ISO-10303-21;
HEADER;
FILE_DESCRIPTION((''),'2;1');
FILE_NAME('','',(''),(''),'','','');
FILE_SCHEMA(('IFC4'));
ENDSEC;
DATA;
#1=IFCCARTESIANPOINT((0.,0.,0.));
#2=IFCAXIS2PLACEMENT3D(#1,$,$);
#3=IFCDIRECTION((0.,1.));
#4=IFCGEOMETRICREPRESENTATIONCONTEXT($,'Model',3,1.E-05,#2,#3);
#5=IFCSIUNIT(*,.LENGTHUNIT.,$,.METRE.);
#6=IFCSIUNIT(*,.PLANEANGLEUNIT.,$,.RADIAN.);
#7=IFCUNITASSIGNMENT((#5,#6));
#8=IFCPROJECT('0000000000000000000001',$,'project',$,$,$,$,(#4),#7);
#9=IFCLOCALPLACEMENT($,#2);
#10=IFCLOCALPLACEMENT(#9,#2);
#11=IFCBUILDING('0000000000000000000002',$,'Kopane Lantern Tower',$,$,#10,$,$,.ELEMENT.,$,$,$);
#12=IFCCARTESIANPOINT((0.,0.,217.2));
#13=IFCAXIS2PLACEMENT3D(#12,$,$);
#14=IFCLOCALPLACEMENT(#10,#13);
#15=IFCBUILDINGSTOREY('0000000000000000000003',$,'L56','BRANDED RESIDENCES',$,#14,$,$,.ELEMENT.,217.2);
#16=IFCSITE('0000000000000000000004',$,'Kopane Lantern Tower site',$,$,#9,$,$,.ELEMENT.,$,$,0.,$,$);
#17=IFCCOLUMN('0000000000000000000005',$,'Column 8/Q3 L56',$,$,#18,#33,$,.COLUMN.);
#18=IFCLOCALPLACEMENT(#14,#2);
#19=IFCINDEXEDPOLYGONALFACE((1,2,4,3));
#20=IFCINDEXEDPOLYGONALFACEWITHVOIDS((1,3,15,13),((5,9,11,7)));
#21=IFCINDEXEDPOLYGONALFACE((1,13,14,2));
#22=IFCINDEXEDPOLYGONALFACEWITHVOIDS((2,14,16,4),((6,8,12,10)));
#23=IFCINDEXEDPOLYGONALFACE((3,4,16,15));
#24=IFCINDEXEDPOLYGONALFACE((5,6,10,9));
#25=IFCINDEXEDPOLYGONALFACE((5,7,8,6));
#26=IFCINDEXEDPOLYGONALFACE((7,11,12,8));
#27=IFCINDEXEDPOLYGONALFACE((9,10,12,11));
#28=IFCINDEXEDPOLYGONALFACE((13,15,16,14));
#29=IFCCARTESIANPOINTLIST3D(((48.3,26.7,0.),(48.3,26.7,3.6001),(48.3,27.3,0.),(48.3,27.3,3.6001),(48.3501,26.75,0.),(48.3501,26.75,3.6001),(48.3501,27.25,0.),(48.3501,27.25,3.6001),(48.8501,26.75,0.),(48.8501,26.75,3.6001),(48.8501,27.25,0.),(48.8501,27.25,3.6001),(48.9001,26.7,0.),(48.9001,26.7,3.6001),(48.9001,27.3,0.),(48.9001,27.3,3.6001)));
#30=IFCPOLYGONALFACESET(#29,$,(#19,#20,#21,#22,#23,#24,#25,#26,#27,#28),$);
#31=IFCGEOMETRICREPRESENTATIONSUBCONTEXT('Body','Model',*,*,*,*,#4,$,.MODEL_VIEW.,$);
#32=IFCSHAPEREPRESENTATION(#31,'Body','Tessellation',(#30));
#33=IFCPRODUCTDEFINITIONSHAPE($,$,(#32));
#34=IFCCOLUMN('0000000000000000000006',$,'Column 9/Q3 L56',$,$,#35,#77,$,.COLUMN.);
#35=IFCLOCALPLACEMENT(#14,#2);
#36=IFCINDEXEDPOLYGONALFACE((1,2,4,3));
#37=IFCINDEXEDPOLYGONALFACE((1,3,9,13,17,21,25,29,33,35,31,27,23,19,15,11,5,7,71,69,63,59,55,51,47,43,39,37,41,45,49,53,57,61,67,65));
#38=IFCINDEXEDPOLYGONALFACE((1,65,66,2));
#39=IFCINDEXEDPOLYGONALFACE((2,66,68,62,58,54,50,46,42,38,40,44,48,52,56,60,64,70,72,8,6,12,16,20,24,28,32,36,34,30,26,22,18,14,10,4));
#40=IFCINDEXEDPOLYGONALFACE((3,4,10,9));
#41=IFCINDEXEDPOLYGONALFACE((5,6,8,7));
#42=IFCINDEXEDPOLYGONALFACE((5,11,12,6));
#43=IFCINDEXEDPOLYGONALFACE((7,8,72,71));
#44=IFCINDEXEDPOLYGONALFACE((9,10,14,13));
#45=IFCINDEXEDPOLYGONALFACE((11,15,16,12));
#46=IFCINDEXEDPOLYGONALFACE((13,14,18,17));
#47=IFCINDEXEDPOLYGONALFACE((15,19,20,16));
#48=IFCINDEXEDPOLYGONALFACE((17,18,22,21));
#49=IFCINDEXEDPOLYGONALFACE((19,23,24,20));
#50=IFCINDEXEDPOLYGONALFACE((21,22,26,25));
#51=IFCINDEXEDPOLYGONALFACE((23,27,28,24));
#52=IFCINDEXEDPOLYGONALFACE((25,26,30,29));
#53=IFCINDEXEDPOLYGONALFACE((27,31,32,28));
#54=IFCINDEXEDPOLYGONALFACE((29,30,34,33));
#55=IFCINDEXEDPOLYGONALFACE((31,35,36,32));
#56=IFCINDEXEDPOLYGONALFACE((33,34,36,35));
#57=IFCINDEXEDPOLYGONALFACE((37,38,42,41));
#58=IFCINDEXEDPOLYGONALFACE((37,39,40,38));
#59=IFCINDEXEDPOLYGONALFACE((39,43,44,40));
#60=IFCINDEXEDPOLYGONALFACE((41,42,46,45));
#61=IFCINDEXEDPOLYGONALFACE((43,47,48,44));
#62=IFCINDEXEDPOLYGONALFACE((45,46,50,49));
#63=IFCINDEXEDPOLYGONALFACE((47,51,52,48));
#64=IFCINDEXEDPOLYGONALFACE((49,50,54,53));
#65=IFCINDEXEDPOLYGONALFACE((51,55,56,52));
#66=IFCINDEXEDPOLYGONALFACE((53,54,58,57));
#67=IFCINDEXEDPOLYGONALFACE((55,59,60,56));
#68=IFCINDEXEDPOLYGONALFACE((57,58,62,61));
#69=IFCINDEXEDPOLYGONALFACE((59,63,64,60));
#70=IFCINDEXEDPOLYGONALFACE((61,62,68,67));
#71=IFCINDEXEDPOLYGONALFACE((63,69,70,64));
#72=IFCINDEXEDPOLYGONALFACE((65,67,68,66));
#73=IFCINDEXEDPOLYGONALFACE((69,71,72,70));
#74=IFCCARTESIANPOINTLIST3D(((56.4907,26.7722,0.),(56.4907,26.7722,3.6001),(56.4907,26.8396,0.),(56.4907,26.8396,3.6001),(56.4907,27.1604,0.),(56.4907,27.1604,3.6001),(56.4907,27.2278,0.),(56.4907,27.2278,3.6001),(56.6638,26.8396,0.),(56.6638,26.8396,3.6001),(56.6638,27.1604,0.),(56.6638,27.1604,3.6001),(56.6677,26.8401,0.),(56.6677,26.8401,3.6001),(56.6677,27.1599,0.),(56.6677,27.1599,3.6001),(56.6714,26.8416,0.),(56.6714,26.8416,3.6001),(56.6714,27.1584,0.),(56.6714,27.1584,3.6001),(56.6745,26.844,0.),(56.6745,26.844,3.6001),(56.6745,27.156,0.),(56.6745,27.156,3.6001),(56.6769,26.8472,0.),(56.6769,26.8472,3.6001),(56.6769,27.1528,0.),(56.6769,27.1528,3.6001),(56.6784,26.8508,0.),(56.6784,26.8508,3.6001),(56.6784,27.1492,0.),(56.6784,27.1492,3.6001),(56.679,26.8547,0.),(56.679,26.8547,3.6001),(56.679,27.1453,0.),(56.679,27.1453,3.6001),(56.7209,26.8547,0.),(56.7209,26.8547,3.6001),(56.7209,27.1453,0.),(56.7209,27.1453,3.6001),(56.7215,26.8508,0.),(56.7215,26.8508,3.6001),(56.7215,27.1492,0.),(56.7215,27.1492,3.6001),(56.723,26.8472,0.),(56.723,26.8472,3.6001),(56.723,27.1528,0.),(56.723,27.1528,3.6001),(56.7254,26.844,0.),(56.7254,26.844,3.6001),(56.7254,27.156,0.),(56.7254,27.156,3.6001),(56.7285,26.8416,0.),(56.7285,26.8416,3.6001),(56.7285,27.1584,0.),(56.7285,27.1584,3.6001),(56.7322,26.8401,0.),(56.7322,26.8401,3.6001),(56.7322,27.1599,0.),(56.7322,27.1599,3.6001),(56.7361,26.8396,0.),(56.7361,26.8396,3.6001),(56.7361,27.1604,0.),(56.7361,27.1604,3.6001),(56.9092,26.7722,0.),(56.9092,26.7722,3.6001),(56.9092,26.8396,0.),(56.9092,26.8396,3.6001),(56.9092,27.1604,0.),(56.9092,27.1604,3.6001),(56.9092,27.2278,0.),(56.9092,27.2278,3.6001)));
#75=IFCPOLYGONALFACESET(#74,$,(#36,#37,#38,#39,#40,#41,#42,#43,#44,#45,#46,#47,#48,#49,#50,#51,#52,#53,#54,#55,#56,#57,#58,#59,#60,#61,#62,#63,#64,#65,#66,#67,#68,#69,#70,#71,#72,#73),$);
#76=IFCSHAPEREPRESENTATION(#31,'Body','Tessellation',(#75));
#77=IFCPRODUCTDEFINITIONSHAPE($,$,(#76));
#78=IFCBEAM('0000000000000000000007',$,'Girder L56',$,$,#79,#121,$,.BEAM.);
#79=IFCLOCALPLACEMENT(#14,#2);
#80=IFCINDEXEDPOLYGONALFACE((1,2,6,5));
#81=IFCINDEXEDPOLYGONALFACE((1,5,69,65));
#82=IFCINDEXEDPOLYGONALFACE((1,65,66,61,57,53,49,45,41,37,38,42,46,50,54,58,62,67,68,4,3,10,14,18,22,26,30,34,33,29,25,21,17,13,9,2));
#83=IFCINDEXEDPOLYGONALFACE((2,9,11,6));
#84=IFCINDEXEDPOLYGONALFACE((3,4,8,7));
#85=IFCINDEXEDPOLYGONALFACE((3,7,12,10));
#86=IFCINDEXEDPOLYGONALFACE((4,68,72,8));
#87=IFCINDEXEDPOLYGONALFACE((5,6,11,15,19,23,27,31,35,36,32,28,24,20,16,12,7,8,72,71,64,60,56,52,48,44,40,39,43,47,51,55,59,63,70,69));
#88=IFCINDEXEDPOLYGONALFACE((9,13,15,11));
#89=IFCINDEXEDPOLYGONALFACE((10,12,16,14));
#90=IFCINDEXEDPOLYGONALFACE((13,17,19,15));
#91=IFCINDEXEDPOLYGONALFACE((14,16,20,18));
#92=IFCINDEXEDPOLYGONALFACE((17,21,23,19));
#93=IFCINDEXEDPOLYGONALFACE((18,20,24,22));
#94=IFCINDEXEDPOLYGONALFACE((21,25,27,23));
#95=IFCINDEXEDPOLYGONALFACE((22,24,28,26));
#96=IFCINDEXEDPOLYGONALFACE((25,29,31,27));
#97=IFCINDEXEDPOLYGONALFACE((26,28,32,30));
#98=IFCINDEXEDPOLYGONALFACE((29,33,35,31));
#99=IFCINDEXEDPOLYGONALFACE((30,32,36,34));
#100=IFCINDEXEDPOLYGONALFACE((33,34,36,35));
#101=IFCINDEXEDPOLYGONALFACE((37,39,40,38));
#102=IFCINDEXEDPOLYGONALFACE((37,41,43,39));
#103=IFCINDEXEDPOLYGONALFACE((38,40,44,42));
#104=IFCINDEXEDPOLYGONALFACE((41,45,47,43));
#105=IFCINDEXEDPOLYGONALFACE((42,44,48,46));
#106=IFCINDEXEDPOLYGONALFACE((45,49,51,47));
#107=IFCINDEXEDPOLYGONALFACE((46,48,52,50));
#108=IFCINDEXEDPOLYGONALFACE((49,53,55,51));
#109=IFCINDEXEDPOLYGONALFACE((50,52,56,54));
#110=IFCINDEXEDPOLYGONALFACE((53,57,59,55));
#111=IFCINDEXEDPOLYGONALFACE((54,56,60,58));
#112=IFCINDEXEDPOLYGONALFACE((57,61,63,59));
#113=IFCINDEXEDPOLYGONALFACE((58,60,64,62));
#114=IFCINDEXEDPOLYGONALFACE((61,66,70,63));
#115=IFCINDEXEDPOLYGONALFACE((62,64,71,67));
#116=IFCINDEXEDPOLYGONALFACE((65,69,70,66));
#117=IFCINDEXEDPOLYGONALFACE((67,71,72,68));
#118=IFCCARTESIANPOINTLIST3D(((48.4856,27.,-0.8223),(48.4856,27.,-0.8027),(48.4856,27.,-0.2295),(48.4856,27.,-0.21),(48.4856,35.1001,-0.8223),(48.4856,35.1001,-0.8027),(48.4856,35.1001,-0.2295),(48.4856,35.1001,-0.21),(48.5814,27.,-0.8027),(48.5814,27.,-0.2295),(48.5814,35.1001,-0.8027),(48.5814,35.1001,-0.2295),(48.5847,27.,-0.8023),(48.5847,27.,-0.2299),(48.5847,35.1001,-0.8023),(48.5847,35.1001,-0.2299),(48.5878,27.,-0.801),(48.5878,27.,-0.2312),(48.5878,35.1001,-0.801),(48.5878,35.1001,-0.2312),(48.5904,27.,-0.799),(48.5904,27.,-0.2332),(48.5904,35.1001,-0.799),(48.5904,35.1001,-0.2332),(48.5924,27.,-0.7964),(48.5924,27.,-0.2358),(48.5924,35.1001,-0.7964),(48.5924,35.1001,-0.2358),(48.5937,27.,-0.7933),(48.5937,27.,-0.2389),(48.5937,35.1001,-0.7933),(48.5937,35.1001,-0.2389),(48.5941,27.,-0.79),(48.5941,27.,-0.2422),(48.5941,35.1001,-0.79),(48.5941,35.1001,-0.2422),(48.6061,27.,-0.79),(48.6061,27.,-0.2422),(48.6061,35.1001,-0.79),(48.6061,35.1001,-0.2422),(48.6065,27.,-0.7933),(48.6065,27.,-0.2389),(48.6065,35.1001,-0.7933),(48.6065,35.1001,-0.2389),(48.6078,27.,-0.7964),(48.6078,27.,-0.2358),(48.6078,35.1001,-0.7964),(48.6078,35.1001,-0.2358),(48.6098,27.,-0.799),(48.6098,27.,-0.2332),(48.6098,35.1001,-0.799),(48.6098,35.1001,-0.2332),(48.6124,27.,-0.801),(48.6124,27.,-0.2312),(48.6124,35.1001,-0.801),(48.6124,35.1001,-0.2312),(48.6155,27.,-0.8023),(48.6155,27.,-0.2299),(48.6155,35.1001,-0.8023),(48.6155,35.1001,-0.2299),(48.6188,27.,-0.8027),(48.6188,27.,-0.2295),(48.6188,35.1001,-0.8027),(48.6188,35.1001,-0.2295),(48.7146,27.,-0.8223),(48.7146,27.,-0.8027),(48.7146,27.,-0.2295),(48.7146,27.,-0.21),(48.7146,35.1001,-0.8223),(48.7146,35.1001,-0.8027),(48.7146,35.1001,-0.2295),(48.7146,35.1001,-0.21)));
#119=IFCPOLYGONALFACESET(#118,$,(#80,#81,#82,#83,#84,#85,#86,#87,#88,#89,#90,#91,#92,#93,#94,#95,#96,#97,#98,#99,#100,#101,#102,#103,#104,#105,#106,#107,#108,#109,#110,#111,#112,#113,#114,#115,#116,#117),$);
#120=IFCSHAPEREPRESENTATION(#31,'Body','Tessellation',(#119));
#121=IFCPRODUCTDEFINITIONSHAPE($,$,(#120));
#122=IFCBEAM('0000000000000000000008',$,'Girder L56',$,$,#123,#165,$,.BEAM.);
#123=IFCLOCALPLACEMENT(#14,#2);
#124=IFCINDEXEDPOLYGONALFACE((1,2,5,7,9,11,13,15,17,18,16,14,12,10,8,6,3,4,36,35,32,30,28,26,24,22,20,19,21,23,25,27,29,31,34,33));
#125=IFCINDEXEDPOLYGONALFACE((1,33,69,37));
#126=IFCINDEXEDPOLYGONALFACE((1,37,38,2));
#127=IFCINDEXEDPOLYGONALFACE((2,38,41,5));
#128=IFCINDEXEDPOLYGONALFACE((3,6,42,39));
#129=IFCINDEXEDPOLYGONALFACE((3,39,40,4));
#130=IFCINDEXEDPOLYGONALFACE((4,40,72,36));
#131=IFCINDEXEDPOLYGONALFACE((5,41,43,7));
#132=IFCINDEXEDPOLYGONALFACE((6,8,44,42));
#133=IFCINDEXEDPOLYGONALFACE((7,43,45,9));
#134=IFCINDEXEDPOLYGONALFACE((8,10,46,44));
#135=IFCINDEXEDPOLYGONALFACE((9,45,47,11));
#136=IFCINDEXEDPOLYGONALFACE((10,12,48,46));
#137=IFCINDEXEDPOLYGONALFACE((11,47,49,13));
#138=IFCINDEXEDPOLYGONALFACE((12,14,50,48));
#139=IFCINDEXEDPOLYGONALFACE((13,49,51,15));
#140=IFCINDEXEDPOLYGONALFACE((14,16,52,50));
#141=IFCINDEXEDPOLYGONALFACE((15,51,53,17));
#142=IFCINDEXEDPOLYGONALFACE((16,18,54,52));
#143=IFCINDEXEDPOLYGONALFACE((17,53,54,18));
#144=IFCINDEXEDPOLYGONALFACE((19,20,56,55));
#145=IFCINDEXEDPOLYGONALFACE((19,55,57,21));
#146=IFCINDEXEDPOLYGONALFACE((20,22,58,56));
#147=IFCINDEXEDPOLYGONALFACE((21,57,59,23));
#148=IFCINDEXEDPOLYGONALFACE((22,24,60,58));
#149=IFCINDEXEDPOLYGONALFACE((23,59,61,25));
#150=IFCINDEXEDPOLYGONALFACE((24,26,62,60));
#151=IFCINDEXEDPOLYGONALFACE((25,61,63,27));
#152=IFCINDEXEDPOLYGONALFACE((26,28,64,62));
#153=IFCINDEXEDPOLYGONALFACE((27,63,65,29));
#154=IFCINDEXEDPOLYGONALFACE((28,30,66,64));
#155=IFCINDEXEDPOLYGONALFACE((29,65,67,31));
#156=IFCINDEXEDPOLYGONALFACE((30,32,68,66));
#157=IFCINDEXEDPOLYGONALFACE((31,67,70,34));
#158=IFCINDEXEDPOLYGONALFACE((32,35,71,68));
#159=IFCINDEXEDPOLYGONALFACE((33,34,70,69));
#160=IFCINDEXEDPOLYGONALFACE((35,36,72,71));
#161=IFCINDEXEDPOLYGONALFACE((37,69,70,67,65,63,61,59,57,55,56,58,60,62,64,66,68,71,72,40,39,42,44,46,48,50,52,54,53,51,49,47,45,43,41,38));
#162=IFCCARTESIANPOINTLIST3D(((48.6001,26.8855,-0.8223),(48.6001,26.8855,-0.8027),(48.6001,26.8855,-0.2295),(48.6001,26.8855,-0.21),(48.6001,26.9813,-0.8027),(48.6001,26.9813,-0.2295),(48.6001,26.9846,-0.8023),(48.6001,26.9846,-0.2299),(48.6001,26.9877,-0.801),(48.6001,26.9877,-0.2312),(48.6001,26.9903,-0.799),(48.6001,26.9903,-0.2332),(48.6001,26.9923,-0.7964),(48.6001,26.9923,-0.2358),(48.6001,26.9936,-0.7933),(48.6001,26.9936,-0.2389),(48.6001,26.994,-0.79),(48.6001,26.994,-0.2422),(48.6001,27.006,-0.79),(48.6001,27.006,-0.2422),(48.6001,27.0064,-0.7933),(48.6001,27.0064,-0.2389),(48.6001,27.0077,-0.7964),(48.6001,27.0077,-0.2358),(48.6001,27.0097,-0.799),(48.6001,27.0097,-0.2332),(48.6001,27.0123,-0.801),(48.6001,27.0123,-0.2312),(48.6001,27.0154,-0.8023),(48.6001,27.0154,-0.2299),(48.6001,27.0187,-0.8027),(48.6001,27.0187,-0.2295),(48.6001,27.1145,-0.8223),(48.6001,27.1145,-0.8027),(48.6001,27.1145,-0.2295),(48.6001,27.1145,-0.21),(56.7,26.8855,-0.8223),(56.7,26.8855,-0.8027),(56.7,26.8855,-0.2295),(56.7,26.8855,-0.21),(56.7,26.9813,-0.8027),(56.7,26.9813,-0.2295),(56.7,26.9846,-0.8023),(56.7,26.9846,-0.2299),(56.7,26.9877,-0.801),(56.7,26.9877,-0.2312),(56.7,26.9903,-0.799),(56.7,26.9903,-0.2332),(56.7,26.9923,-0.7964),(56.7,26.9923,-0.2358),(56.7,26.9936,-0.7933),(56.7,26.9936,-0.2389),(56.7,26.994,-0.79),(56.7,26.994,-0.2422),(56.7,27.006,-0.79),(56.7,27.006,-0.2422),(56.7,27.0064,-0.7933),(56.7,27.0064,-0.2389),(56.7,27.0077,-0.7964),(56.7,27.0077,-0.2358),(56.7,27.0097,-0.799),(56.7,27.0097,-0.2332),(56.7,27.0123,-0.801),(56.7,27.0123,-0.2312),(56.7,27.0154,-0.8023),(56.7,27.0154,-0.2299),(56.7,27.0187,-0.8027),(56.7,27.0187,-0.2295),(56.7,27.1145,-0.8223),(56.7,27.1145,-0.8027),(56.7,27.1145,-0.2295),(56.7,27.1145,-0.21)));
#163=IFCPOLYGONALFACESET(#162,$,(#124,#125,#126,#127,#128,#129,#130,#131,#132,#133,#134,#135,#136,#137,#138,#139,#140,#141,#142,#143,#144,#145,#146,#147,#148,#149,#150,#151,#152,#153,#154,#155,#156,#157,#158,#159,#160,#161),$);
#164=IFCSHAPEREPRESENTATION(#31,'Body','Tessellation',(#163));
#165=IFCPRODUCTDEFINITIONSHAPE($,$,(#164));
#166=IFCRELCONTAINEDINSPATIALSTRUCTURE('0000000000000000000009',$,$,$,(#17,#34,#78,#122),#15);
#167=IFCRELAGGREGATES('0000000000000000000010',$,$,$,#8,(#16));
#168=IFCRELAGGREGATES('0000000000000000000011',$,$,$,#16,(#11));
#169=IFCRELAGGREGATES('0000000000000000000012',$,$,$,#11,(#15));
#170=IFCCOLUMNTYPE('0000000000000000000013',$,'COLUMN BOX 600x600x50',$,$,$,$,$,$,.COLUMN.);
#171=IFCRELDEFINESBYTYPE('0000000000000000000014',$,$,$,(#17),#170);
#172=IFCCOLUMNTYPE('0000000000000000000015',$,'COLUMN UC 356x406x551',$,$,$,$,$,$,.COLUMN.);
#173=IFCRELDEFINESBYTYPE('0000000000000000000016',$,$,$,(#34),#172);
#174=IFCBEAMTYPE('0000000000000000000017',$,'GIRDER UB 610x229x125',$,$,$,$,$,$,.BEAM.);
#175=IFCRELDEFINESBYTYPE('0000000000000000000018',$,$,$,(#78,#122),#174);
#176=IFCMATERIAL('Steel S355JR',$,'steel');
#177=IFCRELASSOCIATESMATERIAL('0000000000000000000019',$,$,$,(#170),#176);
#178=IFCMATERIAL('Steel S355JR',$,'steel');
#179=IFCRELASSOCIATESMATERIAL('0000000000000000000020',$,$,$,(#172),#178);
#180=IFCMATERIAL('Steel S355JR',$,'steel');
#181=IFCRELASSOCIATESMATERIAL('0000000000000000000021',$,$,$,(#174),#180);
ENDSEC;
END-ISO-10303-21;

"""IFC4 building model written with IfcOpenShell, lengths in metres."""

from ifc_helpers import new_model, si_unit, direction, frame, origin, origin_2d, place, context, subcontext, project, spatial, hollow_rectangle, i_section, extrude, material, material_profile, profile_set, type_object, element, save


model = new_model("IFC4")

# Units and contexts
model_context = context("Model", 3, precision=1e-05, world=origin(), true_north=direction((0.0, 1.0)))
body_context = subcontext(model_context, "Body", "Model", "MODEL_VIEW")
ifc_project = project(units=[si_unit("LENGTHUNIT", "METRE"), si_unit("PLANEANGLEUNIT", "RADIAN")], contexts=[model_context])

# Site, building, storey
site_placement = place(None, origin())
site = spatial("IfcSite", under=ifc_project, at=site_placement, Name="Kopane Lantern Tower site", CompositionType="ELEMENT", RefElevation=0.0)
building_placement = place(site_placement, origin())
building = spatial("IfcBuilding", under=site, at=building_placement, Name="Kopane Lantern Tower", CompositionType="ELEMENT")
storey_placement = place(building_placement, frame((0.0, 0.0, 217.2)))
storey = spatial("IfcBuildingStorey", under=building, at=storey_placement, Name="L56", Description="BRANDED RESIDENCES", CompositionType="ELEMENT", Elevation=217.2)

# Columns
ifc_material_1 = material(Name="Steel S355JR", Category="steel")
ifc_material_profile_1 = material_profile(ifc_material_1, hollow_rectangle(XDim=0.6001, YDim=0.6001, WallThickness=0.05, at=origin_2d()), Name="BOX 600x600x50")
ifc_profile_set_1 = profile_set([ifc_material_profile_1], Name="Steel S355JR")
column_type_1 = type_object("IfcColumnType", Name="COLUMN BOX 600x600x50", PredefinedType="COLUMN", material=ifc_profile_set_1)
column_1_placement = place(storey_placement, frame((48.6001, 27.0, 0.0), z_axis=(0.0, 0.0, 1.0), x_axis=(1.0, 0.0, 0.0)))
element("IfcColumn", 1, at=column_1_placement, inside=storey, type_object=column_type_1, Name="Column 8/Q3 L56", PredefinedType="COLUMN", context=body_context, shape_type="SweptSolid", body=[
    extrude(hollow_rectangle(XDim=0.6001, YDim=0.6001, WallThickness=0.05, at=origin_2d()), origin(), (0.0, 0.0, 1.0), 3.6001),
])
ifc_material_2 = material(Name="Steel S355JR", Category="steel")
ifc_material_profile_2 = material_profile(ifc_material_2, i_section(OverallWidth=0.4185, OverallDepth=0.4556, WebThickness=0.042, FlangeThickness=0.0674, FilletRadius=0.0151, at=origin_2d()), Name="UC 356x406x551")
ifc_profile_set_2 = profile_set([ifc_material_profile_2], Name="Steel S355JR")
column_type_2 = type_object("IfcColumnType", Name="COLUMN UC 356x406x551", PredefinedType="COLUMN", material=ifc_profile_set_2)
column_2_placement = place(storey_placement, frame((56.7, 27.0, 0.0), z_axis=(0.0, 0.0, 1.0), x_axis=(1.0, 0.0, 0.0)))
element("IfcColumn", 2, at=column_2_placement, inside=storey, type_object=column_type_2, Name="Column 9/Q3 L56", PredefinedType="COLUMN", context=body_context, shape_type="SweptSolid", body=[
    extrude(i_section(OverallWidth=0.4185, OverallDepth=0.4556, WebThickness=0.042, FlangeThickness=0.0674, FilletRadius=0.0151, at=origin_2d()), origin(), (0.0, 0.0, 1.0), 3.6001),
])

# Beams
ifc_material_3 = material(Name="Steel S355JR", Category="steel")
ifc_material_profile_3 = material_profile(ifc_material_3, i_section(OverallWidth=0.229, OverallDepth=0.6123, WebThickness=0.012, FlangeThickness=0.0195, FilletRadius=0.0127, at=origin_2d()), Name="UB 610x229x125")
ifc_profile_set_3 = profile_set([ifc_material_profile_3], Name="Steel S355JR")
beam_type = type_object("IfcBeamType", Name="GIRDER UB 610x229x125", PredefinedType="BEAM", material=ifc_profile_set_3)
beam_1_placement = place(storey_placement, frame((48.6001, 27.0, -0.5161), z_axis=(0.0, 1.0, 0.0), x_axis=(-1.0, 0.0, 0.0)))
element("IfcBeam", 3, at=beam_1_placement, inside=storey, type_object=beam_type, Name="Girder L56", PredefinedType="BEAM", context=body_context, shape_type="SweptSolid", body=[
    extrude(i_section(OverallWidth=0.229, OverallDepth=0.6123, WebThickness=0.012, FlangeThickness=0.0195, FilletRadius=0.0127, at=origin_2d()), origin(), (0.0, 0.0, 1.0), 8.1001),
])
beam_2_placement = place(storey_placement, frame((48.6001, 27.0, -0.5161), z_axis=(1.0, 0.0, 0.0), x_axis=(0.0, 1.0, 0.0)))
element("IfcBeam", 4, at=beam_2_placement, inside=storey, type_object=beam_type, Name="Girder L56", PredefinedType="BEAM", context=body_context, shape_type="SweptSolid", body=[
    extrude(i_section(OverallWidth=0.229, OverallDepth=0.6123, WebThickness=0.012, FlangeThickness=0.0195, FilletRadius=0.0127, at=origin_2d()), origin(), (0.0, 0.0, 1.0), 8.0999),
])

save(model, "model.ifc")
